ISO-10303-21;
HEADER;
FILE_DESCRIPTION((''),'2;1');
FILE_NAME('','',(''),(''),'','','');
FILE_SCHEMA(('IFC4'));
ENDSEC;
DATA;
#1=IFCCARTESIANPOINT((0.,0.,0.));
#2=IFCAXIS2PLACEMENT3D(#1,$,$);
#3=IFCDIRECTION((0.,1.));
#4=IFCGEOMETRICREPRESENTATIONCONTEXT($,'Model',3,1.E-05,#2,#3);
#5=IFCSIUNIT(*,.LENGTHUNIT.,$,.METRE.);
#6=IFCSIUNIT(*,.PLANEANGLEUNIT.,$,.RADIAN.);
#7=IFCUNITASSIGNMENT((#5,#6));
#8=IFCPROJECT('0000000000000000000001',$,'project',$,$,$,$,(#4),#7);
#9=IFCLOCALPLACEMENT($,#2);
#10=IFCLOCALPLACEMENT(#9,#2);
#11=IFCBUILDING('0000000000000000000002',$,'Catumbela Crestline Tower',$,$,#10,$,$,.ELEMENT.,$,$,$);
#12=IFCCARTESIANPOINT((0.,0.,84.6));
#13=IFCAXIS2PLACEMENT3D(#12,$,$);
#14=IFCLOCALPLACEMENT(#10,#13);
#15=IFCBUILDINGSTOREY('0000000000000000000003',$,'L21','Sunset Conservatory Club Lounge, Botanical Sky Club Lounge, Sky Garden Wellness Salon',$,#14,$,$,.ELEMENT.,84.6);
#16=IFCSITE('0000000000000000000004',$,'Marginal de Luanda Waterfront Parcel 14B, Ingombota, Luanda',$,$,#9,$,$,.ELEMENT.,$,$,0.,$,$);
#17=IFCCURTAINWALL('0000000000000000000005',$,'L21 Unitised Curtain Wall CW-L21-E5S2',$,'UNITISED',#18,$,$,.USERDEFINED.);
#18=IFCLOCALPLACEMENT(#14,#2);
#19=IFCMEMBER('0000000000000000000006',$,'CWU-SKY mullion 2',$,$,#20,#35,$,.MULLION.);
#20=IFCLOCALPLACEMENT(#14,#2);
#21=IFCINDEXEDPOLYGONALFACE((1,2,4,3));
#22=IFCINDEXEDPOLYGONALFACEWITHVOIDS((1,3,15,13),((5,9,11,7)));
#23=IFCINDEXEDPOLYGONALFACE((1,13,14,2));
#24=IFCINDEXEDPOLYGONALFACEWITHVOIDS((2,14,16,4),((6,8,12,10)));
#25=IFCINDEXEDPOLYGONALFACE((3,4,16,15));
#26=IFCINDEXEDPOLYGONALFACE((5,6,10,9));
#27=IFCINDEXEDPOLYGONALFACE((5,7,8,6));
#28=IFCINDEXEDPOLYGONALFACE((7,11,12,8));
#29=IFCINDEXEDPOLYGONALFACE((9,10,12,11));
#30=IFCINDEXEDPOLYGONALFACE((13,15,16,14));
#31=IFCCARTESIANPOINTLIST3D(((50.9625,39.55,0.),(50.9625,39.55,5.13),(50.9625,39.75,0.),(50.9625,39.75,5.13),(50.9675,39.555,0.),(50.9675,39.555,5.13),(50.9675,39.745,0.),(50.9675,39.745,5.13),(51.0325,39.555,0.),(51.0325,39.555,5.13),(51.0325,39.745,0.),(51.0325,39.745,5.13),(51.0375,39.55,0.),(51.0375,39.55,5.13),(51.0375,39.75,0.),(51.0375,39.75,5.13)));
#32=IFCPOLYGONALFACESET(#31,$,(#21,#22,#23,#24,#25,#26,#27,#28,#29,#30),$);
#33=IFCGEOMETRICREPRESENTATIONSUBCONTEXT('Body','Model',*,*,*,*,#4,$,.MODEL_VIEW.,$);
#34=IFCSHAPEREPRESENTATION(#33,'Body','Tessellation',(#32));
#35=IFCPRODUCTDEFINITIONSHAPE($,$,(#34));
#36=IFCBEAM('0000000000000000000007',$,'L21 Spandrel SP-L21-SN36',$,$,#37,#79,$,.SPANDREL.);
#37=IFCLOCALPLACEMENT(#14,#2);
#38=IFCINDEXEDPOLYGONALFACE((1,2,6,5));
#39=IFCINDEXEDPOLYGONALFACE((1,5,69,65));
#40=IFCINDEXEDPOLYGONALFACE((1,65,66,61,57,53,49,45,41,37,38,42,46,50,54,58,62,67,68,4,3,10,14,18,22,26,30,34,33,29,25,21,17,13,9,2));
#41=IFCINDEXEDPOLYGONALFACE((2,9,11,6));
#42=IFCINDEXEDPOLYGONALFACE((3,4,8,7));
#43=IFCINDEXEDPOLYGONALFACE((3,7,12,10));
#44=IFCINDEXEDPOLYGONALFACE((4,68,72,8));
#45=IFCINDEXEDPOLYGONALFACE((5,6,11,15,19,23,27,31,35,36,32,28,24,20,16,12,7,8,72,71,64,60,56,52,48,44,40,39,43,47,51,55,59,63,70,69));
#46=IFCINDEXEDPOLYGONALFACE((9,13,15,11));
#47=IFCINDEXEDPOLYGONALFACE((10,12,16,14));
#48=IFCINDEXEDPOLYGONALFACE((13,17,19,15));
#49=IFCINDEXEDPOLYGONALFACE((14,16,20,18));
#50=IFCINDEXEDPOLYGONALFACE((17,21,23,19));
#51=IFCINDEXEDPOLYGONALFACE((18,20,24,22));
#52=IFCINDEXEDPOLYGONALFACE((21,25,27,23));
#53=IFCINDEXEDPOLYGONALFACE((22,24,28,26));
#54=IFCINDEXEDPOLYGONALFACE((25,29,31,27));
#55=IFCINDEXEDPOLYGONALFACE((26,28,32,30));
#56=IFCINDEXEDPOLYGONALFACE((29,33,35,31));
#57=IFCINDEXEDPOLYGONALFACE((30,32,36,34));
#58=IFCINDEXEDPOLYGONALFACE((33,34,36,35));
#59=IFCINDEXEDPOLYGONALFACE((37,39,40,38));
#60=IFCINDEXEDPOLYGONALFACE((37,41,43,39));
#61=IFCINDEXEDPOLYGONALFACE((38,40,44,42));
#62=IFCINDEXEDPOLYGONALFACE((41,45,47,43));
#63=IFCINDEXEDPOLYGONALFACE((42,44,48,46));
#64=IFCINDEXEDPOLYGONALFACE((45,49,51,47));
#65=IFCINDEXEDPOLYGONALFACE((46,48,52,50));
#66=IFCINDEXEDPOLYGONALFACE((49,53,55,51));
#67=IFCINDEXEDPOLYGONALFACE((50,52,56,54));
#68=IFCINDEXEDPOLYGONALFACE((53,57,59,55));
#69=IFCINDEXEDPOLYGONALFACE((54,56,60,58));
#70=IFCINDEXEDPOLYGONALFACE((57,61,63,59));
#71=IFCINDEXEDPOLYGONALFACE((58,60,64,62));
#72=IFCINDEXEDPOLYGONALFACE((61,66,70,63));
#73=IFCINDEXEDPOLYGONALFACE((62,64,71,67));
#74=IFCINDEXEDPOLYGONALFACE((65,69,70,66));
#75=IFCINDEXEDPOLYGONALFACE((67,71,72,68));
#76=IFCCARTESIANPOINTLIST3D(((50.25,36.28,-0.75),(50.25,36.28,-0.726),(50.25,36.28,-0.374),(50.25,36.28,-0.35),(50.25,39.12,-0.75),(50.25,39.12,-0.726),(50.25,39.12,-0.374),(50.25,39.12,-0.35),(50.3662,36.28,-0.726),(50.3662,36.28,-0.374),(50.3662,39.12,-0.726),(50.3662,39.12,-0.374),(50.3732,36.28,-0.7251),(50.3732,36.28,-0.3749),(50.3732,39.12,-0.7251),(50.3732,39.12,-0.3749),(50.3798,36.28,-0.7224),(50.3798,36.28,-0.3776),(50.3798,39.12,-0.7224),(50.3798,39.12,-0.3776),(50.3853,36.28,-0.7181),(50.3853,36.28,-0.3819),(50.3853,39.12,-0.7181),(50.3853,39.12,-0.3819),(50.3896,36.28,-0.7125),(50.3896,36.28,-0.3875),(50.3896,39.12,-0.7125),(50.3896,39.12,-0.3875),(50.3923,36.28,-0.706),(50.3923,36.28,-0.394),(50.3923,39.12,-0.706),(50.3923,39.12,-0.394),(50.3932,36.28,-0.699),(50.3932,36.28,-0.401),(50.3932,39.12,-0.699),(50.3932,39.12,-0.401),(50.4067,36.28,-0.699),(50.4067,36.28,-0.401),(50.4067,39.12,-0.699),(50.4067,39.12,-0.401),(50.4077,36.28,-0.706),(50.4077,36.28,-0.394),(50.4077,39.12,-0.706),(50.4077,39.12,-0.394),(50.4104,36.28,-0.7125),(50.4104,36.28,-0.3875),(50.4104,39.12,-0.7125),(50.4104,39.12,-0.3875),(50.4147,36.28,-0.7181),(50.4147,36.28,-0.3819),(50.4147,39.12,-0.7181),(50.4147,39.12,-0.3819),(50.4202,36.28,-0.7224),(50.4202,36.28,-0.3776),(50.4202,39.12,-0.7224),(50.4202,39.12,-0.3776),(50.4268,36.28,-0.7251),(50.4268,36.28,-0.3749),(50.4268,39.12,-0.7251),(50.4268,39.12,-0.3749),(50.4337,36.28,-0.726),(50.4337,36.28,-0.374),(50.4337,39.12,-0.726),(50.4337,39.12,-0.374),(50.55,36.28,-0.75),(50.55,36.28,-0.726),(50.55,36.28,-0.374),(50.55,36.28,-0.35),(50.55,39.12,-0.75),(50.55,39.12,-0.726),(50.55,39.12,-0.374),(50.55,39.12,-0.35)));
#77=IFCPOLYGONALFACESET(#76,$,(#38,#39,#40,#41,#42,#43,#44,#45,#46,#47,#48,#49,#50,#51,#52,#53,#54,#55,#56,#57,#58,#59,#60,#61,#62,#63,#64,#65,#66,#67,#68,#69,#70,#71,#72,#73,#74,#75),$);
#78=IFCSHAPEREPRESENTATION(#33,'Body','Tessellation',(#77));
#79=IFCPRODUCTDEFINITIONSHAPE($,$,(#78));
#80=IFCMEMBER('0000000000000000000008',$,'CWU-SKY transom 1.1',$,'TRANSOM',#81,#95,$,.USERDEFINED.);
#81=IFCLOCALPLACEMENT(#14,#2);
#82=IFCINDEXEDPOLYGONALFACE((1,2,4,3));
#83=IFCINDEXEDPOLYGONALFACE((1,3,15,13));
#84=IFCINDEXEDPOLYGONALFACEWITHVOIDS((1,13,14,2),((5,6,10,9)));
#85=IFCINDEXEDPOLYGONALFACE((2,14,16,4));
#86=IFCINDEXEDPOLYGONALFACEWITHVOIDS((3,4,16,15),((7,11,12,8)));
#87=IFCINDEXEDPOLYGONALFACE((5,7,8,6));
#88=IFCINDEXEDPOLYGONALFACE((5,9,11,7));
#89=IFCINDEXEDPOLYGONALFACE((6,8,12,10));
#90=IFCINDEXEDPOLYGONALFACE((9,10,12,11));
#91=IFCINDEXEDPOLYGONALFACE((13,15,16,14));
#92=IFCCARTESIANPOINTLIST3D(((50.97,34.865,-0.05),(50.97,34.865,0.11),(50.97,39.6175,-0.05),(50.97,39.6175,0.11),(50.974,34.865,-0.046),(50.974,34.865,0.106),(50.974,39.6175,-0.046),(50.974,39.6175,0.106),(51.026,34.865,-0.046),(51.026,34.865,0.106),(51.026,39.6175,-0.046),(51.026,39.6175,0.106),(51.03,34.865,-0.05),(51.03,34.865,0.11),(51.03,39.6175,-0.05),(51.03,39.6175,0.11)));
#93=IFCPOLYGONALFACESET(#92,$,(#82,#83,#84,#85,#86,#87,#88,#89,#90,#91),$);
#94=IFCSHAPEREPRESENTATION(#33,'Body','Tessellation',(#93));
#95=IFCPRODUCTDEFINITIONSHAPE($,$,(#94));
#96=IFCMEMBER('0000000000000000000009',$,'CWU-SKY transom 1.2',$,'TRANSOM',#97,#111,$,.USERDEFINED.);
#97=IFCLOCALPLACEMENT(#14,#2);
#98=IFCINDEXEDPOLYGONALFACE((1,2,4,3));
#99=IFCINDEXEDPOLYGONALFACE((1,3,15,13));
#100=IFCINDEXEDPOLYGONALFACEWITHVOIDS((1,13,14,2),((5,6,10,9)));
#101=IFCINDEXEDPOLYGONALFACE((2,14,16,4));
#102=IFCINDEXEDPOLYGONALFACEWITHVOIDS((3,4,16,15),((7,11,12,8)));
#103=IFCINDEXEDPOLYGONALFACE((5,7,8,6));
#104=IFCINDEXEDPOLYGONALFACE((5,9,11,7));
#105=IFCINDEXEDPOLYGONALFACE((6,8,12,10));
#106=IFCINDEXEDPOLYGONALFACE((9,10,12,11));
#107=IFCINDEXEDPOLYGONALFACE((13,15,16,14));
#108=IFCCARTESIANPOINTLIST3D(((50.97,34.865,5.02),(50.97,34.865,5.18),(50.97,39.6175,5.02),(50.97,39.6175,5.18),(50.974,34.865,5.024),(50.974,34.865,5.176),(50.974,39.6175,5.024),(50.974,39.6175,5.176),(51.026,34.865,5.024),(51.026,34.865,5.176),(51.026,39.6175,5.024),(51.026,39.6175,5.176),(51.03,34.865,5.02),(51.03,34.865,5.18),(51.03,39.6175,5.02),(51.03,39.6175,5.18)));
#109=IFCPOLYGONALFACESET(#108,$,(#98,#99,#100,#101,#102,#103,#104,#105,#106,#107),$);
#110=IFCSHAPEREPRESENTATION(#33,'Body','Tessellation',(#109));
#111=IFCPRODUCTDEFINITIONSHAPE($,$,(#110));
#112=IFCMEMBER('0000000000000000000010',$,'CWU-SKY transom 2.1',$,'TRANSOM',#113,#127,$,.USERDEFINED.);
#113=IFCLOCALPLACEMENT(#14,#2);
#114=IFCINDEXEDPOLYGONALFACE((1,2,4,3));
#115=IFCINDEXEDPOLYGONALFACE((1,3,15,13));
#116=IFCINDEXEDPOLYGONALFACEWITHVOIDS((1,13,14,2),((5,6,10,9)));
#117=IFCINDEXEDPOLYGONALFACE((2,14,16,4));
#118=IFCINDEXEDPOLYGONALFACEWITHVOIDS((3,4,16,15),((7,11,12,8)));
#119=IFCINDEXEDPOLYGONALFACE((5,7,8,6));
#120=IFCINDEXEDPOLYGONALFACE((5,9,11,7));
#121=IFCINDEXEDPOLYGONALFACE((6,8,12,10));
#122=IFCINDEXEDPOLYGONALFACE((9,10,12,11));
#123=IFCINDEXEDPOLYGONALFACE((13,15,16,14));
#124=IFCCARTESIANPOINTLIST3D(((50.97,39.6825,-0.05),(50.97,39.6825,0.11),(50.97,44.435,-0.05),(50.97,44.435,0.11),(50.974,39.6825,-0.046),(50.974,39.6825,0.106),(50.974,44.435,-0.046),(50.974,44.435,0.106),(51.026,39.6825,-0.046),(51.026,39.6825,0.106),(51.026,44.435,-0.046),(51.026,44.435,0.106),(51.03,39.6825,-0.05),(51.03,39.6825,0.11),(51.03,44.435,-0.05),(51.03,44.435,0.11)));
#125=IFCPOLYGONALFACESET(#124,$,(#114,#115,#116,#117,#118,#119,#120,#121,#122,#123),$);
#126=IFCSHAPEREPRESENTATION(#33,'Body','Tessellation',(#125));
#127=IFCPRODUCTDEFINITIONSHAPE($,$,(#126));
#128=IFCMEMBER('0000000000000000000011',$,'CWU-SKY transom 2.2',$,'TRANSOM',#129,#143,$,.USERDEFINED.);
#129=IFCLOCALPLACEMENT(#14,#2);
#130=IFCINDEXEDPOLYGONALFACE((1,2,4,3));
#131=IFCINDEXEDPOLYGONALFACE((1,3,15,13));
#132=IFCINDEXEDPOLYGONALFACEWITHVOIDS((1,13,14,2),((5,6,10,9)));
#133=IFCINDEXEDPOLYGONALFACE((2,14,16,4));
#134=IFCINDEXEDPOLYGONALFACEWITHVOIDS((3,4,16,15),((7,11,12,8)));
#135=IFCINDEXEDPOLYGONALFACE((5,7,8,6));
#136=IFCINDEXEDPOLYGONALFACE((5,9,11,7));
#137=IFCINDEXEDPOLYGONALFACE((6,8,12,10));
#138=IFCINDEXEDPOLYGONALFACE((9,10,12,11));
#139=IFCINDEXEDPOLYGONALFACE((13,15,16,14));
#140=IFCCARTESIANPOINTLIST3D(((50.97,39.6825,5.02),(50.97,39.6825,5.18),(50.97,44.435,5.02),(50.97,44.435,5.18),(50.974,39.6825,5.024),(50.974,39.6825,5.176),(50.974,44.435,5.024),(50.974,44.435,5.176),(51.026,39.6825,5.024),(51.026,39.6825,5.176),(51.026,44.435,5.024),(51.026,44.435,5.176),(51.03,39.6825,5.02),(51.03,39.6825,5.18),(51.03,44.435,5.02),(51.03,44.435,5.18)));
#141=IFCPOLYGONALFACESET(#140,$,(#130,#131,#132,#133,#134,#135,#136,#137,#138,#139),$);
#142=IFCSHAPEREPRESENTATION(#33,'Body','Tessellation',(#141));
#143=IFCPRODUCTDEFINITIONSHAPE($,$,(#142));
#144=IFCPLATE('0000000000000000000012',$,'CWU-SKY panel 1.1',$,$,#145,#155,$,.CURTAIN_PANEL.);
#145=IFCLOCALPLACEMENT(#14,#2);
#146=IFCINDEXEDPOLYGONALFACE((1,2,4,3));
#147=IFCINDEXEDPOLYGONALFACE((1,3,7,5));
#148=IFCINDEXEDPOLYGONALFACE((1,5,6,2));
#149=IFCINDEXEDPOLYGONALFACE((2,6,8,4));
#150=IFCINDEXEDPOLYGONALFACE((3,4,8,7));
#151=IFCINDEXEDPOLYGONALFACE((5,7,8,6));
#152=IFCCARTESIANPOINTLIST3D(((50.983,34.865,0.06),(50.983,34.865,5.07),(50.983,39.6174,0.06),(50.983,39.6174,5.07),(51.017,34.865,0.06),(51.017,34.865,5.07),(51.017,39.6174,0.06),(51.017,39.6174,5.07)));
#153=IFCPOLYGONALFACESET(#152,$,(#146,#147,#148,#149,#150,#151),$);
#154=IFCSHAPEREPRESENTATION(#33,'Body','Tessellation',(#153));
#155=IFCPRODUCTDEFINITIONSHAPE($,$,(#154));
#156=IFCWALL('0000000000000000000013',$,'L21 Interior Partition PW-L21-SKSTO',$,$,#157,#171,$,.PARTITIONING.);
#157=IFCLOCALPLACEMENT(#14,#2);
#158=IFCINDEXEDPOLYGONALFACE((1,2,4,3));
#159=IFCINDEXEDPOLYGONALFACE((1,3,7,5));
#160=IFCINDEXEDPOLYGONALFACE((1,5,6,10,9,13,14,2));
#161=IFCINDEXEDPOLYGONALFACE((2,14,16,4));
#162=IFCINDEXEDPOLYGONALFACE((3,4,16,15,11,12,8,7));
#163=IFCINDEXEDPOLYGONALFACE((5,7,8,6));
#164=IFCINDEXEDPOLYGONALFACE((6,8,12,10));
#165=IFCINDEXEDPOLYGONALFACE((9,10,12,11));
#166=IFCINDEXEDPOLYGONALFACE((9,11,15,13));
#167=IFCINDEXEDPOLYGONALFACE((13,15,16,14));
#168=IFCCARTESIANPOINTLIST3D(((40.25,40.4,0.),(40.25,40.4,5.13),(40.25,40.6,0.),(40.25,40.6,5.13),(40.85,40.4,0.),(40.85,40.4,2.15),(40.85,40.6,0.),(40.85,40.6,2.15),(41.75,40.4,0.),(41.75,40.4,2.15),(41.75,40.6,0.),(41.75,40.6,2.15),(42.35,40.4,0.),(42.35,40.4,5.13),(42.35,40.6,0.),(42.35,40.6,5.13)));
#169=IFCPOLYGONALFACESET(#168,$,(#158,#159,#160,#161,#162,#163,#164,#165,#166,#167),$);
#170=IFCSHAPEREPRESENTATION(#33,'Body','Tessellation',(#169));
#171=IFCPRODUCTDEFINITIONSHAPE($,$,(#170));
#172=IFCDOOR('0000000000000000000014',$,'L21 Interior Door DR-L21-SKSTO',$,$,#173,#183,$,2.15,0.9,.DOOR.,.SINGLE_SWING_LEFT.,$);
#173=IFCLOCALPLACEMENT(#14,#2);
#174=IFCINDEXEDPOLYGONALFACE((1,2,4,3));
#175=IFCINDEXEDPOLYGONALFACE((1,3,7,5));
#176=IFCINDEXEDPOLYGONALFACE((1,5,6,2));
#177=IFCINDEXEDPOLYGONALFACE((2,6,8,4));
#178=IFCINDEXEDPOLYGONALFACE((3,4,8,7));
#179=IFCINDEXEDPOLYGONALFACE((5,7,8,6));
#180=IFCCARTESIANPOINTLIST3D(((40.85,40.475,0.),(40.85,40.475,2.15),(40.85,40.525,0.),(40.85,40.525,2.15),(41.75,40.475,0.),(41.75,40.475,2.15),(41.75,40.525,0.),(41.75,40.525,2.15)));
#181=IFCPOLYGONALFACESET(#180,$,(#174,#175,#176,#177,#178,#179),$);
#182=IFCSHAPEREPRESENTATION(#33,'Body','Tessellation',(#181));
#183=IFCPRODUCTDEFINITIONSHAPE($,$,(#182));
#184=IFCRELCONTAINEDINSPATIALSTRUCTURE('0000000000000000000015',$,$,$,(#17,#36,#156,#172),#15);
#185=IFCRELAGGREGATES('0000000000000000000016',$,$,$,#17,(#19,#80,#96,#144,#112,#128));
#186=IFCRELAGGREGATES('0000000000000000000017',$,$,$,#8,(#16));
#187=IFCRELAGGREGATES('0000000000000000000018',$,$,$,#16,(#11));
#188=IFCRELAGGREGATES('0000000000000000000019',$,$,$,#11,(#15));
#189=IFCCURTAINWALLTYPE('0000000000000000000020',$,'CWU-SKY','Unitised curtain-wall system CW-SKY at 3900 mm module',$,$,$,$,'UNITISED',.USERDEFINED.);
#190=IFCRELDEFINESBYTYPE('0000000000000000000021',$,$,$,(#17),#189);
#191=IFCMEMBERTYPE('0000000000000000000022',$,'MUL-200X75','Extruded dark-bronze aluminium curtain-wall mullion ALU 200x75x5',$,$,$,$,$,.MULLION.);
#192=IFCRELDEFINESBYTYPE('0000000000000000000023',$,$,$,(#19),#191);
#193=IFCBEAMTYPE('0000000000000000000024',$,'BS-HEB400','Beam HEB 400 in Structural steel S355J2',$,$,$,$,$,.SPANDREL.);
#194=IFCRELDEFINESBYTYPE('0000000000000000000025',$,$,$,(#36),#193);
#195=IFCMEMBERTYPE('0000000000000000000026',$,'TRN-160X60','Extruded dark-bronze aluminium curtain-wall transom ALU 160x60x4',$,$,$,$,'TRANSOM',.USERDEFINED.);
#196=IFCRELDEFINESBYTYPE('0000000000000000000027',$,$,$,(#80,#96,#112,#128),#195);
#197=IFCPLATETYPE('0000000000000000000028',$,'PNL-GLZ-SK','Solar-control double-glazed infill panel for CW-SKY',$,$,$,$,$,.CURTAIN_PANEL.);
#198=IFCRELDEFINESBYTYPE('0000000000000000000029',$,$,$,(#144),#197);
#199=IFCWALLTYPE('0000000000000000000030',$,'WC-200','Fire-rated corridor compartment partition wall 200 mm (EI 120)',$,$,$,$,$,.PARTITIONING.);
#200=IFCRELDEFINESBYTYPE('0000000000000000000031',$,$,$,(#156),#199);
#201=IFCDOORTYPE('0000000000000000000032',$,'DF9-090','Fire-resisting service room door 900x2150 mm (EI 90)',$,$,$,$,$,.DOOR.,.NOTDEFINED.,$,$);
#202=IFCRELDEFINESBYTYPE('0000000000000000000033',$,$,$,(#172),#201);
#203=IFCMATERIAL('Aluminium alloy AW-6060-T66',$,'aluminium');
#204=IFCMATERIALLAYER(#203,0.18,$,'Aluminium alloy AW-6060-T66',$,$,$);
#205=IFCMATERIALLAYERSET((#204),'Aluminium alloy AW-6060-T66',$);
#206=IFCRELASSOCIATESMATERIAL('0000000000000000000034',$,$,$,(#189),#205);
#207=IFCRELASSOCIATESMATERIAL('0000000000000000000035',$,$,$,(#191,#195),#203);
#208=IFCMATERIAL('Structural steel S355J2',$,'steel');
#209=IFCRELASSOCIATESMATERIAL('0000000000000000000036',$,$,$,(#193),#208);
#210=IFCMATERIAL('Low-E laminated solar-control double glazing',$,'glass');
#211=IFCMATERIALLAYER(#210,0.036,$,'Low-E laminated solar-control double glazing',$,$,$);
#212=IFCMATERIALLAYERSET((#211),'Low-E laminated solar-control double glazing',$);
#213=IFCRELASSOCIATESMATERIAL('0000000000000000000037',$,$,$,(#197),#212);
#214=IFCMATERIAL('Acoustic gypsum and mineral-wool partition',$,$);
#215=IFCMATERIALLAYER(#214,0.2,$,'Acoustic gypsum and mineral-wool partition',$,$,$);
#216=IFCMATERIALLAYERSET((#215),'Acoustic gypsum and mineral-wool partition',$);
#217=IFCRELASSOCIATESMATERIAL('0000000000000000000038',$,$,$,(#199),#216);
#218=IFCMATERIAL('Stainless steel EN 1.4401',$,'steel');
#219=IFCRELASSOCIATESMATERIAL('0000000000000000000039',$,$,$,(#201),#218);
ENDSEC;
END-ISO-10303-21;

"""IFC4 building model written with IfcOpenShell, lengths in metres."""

from ifc_helpers import new_model, si_unit, direction, frame, frame_2d, origin, origin_2d, place, context, subcontext, project, spatial, rectangle, hollow_rectangle, i_section, extrude, material, layer, layer_set, material_profile, profile_set, type_object, element, fill, aggregate, save


model = new_model("IFC4")

# Units and contexts
model_context = context("Model", 3, precision=1e-05, world=origin(), true_north=direction((0.0, 1.0)))
body_context = subcontext(model_context, "Body", "Model", "MODEL_VIEW")
ifc_project = project(units=[si_unit("LENGTHUNIT", "METRE"), si_unit("PLANEANGLEUNIT", "RADIAN")], contexts=[model_context])

# Site, building, storey
site_placement = place(None, origin())
site = spatial("IfcSite", under=ifc_project, at=site_placement, Name="Marginal de Luanda Waterfront Parcel 14B, Ingombota, Luanda", CompositionType="ELEMENT", RefElevation=0.0)
building_placement = place(site_placement, origin())
building = spatial("IfcBuilding", under=site, at=building_placement, Name="Catumbela Crestline Tower", CompositionType="ELEMENT")
storey_placement = place(building_placement, frame((0.0, 0.0, 84.6)))
storey = spatial("IfcBuildingStorey", under=building, at=storey_placement, Name="L21", Description="Sunset Conservatory Club Lounge, Botanical Sky Club Lounge, Sky Garden Wellness Salon", CompositionType="ELEMENT", Elevation=84.6)

# Shared definitions
ifc_material_1 = material(Name="Structural steel S355J2", Category="steel")

# Curtain wall, member
ifc_material_2 = material(Name="Aluminium alloy AW-6060-T66", Category="aluminium")
ifc_layer_1 = layer(ifc_material_2, 0.18, Name="Aluminium alloy AW-6060-T66")
ifc_layer_set_1 = layer_set([ifc_layer_1], Name="Aluminium alloy AW-6060-T66")
curtain_wall_type = type_object("IfcCurtainWallType", Name="CWU-SKY", Description="Unitised curtain-wall system CW-SKY at 3900 mm module", ElementType="UNITISED", PredefinedType="USERDEFINED", material=ifc_layer_set_1)
curtain_wall_placement = place(storey_placement, origin())
curtain_wall = element("IfcCurtainWall", 1, at=curtain_wall_placement, inside=storey, type_object=curtain_wall_type, Name="L21 Unitised Curtain Wall CW-L21-E5S2", ObjectType="UNITISED", PredefinedType="USERDEFINED")
ifc_material_profile_1 = material_profile(ifc_material_2, hollow_rectangle(XDim=0.075, YDim=0.2, WallThickness=0.005, at=origin_2d()), Name="ALU 200x75x5")
ifc_profile_set_1 = profile_set([ifc_material_profile_1], Name="Aluminium alloy AW-6060-T66")
member_type_1 = type_object("IfcMemberType", Name="MUL-200X75", Description="Extruded dark-bronze aluminium curtain-wall mullion ALU 200x75x5", PredefinedType="MULLION", material=ifc_profile_set_1)
member_1_placement = place(storey_placement, frame((51.0, 39.65, 0.0), z_axis=(0.0, 0.0, 1.0), x_axis=(-1.0, 0.0, 0.0)))
member_1 = element("IfcMember", 2, at=member_1_placement, type_object=member_type_1, Name="CWU-SKY mullion 2", PredefinedType="MULLION", context=body_context, shape_type="SweptSolid", body=[
    extrude(hollow_rectangle(XDim=0.075, YDim=0.2, WallThickness=0.005, at=origin_2d()), origin(), (0.0, 0.0, 1.0), 5.13),
])

# Beam
ifc_material_profile_2 = material_profile(ifc_material_1, i_section(OverallWidth=0.3, OverallDepth=0.4, WebThickness=0.0135, FlangeThickness=0.024, FilletRadius=0.027, at=origin_2d()), Name="HEB 400")
ifc_profile_set_2 = profile_set([ifc_material_profile_2], Name="Structural steel S355J2")
beam_type_1 = type_object("IfcBeamType", Name="BS-HEB400", Description="Beam HEB 400 in Structural steel S355J2", PredefinedType="SPANDREL", material=ifc_profile_set_2)
beam_1_placement = place(storey_placement, frame((50.4, 36.28, -0.55), z_axis=(0.0, 1.0, 0.0), x_axis=(-1.0, 0.0, 0.0)))
element("IfcBeam", 3, at=beam_1_placement, inside=storey, type_object=beam_type_1, Name="L21 Spandrel SP-L21-SN36", PredefinedType="SPANDREL", context=body_context, shape_type="SweptSolid", body=[
    extrude(i_section(OverallWidth=0.3, OverallDepth=0.4, WebThickness=0.0135, FlangeThickness=0.024, FilletRadius=0.027, at=origin_2d()), origin(), (0.0, 0.0, 1.0), 2.84),
])

# Members
ifc_material_profile_3 = material_profile(ifc_material_2, hollow_rectangle(XDim=0.06, YDim=0.16, WallThickness=0.004, at=origin_2d()), Name="ALU 160x60x4")
ifc_profile_set_3 = profile_set([ifc_material_profile_3], Name="Aluminium alloy AW-6060-T66")
member_type_2 = type_object("IfcMemberType", Name="TRN-160X60", Description="Extruded dark-bronze aluminium curtain-wall transom ALU 160x60x4", ElementType="TRANSOM", PredefinedType="USERDEFINED", material=ifc_profile_set_3)
member_2_placement = place(storey_placement, frame((51.0, 34.865, 0.03), z_axis=(0.0, 1.0, 0.0), x_axis=(-1.0, 0.0, 0.0)))
member_2 = element("IfcMember", 4, at=member_2_placement, type_object=member_type_2, Name="CWU-SKY transom 1.1", ObjectType="TRANSOM", PredefinedType="USERDEFINED", context=body_context, shape_type="SweptSolid", body=[
    extrude(hollow_rectangle(XDim=0.06, YDim=0.16, WallThickness=0.004, at=origin_2d()), origin(), (0.0, 0.0, 1.0), 4.7525),
])
member_3_placement = place(storey_placement, frame((51.0, 34.865, 5.1), z_axis=(0.0, 1.0, 0.0), x_axis=(-1.0, 0.0, 0.0)))
member_3 = element("IfcMember", 5, at=member_3_placement, type_object=member_type_2, Name="CWU-SKY transom 1.2", ObjectType="TRANSOM", PredefinedType="USERDEFINED", context=body_context, shape_type="SweptSolid", body=[
    extrude(hollow_rectangle(XDim=0.06, YDim=0.16, WallThickness=0.004, at=origin_2d()), origin(), (0.0, 0.0, 1.0), 4.7525),
])
member_4_placement = place(storey_placement, frame((51.0, 39.6825, 0.03), z_axis=(0.0, 1.0, 0.0), x_axis=(-1.0, 0.0, 0.0)))
member_4 = element("IfcMember", 6, at=member_4_placement, type_object=member_type_2, Name="CWU-SKY transom 2.1", ObjectType="TRANSOM", PredefinedType="USERDEFINED", context=body_context, shape_type="SweptSolid", body=[
    extrude(hollow_rectangle(XDim=0.06, YDim=0.16, WallThickness=0.004, at=origin_2d()), origin(), (0.0, 0.0, 1.0), 4.7525),
])
member_5_placement = place(storey_placement, frame((51.0, 39.6825, 5.1), z_axis=(0.0, 1.0, 0.0), x_axis=(-1.0, 0.0, 0.0)))
member_5 = element("IfcMember", 7, at=member_5_placement, type_object=member_type_2, Name="CWU-SKY transom 2.2", ObjectType="TRANSOM", PredefinedType="USERDEFINED", context=body_context, shape_type="SweptSolid", body=[
    extrude(hollow_rectangle(XDim=0.06, YDim=0.16, WallThickness=0.004, at=origin_2d()), origin(), (0.0, 0.0, 1.0), 4.7525),
])

# Plate
ifc_material_3 = material(Name="Low-E laminated solar-control double glazing", Category="glass")
ifc_layer_2 = layer(ifc_material_3, 0.036, Name="Low-E laminated solar-control double glazing")
ifc_layer_set_2 = layer_set([ifc_layer_2], Name="Low-E laminated solar-control double glazing")
plate_type = type_object("IfcPlateType", Name="PNL-GLZ-SK", Description="Solar-control double-glazed infill panel for CW-SKY", PredefinedType="CURTAIN_PANEL", material=ifc_layer_set_2)
plate_placement = place(storey_placement, frame((51.0, 37.2412, 0.06), z_axis=(0.0, 0.0, 1.0), x_axis=(0.0, 1.0, 0.0)))
plate = element("IfcPlate", 8, at=plate_placement, type_object=plate_type, Name="CWU-SKY panel 1.1", PredefinedType="CURTAIN_PANEL", context=body_context, shape_type="SweptSolid", body=[
    extrude(rectangle(XDim=4.7525, YDim=0.034, at=origin_2d()), origin(), (0.0, 0.0, 1.0), 5.01),
])
aggregate(curtain_wall, [member_1, member_2, member_3, plate, member_4, member_5])

# Wall, opening, door
ifc_material_4 = material(Name="Acoustic gypsum and mineral-wool partition")
ifc_layer_3 = layer(ifc_material_4, 0.2, Name="Acoustic gypsum and mineral-wool partition")
ifc_layer_set_3 = layer_set([ifc_layer_3], Name="Acoustic gypsum and mineral-wool partition")
wall_type_1 = type_object("IfcWallType", Name="WC-200", Description="Fire-rated corridor compartment partition wall 200 mm (EI 120)", PredefinedType="PARTITIONING", material=ifc_layer_set_3)
wall_1_placement = place(storey_placement, frame((40.25, 40.5, 0.0), z_axis=(0.0, 0.0, 1.0), x_axis=(1.0, 0.0, 0.0)))
wall_1 = element("IfcWall", 9, at=wall_1_placement, inside=storey, type_object=wall_type_1, Name="L21 Interior Partition PW-L21-SKSTO", PredefinedType="PARTITIONING", context=body_context, shape_type="SweptSolid", body=[
    extrude(rectangle(XDim=2.1, YDim=0.2, at=frame_2d((1.05, 0.0))), origin(), (0.0, 0.0, 1.0), 5.13),
])
opening_1_placement = place(wall_1_placement, frame((0.6, 0.0, 0.0)))
opening_1 = element("IfcOpeningElement", 10, at=opening_1_placement, cuts=wall_1, PredefinedType="OPENING", context=body_context, shape_type="SweptSolid", body=[
    extrude(rectangle(XDim=0.9, YDim=2.15, at=frame_2d((0.45, 1.075))), frame((0.0, 0.11, 0.0), z_axis=(0.0, -1.0, 0.0), x_axis=(1.0, 0.0, 0.0)), (0.0, 0.0, 1.0), 0.22),
])
ifc_material_5 = material(Name="Stainless steel EN 1.4401", Category="steel")
door_type_1 = type_object("IfcDoorType", Name="DF9-090", Description="Fire-resisting service room door 900x2150 mm (EI 90)", OperationType="NOTDEFINED", PredefinedType="DOOR", material=ifc_material_5)
door_1_placement = place(opening_1_placement, origin())
door_1 = element("IfcDoor", 11, at=door_1_placement, inside=storey, type_object=door_type_1, Name="L21 Interior Door DR-L21-SKSTO", OperationType="SINGLE_SWING_LEFT", OverallHeight=2.15, OverallWidth=0.9, PredefinedType="DOOR", context=body_context, shape_type="SweptSolid", body=[
    extrude(rectangle(XDim=0.9, YDim=2.15, at=frame_2d((0.45, 1.075))), frame((0.0, 0.025, 0.0), z_axis=(0.0, -1.0, 0.0), x_axis=(1.0, 0.0, 0.0)), (0.0, 0.0, 1.0), 0.05),
])
fill(opening_1, door_1)

save(model, "model.ifc")
